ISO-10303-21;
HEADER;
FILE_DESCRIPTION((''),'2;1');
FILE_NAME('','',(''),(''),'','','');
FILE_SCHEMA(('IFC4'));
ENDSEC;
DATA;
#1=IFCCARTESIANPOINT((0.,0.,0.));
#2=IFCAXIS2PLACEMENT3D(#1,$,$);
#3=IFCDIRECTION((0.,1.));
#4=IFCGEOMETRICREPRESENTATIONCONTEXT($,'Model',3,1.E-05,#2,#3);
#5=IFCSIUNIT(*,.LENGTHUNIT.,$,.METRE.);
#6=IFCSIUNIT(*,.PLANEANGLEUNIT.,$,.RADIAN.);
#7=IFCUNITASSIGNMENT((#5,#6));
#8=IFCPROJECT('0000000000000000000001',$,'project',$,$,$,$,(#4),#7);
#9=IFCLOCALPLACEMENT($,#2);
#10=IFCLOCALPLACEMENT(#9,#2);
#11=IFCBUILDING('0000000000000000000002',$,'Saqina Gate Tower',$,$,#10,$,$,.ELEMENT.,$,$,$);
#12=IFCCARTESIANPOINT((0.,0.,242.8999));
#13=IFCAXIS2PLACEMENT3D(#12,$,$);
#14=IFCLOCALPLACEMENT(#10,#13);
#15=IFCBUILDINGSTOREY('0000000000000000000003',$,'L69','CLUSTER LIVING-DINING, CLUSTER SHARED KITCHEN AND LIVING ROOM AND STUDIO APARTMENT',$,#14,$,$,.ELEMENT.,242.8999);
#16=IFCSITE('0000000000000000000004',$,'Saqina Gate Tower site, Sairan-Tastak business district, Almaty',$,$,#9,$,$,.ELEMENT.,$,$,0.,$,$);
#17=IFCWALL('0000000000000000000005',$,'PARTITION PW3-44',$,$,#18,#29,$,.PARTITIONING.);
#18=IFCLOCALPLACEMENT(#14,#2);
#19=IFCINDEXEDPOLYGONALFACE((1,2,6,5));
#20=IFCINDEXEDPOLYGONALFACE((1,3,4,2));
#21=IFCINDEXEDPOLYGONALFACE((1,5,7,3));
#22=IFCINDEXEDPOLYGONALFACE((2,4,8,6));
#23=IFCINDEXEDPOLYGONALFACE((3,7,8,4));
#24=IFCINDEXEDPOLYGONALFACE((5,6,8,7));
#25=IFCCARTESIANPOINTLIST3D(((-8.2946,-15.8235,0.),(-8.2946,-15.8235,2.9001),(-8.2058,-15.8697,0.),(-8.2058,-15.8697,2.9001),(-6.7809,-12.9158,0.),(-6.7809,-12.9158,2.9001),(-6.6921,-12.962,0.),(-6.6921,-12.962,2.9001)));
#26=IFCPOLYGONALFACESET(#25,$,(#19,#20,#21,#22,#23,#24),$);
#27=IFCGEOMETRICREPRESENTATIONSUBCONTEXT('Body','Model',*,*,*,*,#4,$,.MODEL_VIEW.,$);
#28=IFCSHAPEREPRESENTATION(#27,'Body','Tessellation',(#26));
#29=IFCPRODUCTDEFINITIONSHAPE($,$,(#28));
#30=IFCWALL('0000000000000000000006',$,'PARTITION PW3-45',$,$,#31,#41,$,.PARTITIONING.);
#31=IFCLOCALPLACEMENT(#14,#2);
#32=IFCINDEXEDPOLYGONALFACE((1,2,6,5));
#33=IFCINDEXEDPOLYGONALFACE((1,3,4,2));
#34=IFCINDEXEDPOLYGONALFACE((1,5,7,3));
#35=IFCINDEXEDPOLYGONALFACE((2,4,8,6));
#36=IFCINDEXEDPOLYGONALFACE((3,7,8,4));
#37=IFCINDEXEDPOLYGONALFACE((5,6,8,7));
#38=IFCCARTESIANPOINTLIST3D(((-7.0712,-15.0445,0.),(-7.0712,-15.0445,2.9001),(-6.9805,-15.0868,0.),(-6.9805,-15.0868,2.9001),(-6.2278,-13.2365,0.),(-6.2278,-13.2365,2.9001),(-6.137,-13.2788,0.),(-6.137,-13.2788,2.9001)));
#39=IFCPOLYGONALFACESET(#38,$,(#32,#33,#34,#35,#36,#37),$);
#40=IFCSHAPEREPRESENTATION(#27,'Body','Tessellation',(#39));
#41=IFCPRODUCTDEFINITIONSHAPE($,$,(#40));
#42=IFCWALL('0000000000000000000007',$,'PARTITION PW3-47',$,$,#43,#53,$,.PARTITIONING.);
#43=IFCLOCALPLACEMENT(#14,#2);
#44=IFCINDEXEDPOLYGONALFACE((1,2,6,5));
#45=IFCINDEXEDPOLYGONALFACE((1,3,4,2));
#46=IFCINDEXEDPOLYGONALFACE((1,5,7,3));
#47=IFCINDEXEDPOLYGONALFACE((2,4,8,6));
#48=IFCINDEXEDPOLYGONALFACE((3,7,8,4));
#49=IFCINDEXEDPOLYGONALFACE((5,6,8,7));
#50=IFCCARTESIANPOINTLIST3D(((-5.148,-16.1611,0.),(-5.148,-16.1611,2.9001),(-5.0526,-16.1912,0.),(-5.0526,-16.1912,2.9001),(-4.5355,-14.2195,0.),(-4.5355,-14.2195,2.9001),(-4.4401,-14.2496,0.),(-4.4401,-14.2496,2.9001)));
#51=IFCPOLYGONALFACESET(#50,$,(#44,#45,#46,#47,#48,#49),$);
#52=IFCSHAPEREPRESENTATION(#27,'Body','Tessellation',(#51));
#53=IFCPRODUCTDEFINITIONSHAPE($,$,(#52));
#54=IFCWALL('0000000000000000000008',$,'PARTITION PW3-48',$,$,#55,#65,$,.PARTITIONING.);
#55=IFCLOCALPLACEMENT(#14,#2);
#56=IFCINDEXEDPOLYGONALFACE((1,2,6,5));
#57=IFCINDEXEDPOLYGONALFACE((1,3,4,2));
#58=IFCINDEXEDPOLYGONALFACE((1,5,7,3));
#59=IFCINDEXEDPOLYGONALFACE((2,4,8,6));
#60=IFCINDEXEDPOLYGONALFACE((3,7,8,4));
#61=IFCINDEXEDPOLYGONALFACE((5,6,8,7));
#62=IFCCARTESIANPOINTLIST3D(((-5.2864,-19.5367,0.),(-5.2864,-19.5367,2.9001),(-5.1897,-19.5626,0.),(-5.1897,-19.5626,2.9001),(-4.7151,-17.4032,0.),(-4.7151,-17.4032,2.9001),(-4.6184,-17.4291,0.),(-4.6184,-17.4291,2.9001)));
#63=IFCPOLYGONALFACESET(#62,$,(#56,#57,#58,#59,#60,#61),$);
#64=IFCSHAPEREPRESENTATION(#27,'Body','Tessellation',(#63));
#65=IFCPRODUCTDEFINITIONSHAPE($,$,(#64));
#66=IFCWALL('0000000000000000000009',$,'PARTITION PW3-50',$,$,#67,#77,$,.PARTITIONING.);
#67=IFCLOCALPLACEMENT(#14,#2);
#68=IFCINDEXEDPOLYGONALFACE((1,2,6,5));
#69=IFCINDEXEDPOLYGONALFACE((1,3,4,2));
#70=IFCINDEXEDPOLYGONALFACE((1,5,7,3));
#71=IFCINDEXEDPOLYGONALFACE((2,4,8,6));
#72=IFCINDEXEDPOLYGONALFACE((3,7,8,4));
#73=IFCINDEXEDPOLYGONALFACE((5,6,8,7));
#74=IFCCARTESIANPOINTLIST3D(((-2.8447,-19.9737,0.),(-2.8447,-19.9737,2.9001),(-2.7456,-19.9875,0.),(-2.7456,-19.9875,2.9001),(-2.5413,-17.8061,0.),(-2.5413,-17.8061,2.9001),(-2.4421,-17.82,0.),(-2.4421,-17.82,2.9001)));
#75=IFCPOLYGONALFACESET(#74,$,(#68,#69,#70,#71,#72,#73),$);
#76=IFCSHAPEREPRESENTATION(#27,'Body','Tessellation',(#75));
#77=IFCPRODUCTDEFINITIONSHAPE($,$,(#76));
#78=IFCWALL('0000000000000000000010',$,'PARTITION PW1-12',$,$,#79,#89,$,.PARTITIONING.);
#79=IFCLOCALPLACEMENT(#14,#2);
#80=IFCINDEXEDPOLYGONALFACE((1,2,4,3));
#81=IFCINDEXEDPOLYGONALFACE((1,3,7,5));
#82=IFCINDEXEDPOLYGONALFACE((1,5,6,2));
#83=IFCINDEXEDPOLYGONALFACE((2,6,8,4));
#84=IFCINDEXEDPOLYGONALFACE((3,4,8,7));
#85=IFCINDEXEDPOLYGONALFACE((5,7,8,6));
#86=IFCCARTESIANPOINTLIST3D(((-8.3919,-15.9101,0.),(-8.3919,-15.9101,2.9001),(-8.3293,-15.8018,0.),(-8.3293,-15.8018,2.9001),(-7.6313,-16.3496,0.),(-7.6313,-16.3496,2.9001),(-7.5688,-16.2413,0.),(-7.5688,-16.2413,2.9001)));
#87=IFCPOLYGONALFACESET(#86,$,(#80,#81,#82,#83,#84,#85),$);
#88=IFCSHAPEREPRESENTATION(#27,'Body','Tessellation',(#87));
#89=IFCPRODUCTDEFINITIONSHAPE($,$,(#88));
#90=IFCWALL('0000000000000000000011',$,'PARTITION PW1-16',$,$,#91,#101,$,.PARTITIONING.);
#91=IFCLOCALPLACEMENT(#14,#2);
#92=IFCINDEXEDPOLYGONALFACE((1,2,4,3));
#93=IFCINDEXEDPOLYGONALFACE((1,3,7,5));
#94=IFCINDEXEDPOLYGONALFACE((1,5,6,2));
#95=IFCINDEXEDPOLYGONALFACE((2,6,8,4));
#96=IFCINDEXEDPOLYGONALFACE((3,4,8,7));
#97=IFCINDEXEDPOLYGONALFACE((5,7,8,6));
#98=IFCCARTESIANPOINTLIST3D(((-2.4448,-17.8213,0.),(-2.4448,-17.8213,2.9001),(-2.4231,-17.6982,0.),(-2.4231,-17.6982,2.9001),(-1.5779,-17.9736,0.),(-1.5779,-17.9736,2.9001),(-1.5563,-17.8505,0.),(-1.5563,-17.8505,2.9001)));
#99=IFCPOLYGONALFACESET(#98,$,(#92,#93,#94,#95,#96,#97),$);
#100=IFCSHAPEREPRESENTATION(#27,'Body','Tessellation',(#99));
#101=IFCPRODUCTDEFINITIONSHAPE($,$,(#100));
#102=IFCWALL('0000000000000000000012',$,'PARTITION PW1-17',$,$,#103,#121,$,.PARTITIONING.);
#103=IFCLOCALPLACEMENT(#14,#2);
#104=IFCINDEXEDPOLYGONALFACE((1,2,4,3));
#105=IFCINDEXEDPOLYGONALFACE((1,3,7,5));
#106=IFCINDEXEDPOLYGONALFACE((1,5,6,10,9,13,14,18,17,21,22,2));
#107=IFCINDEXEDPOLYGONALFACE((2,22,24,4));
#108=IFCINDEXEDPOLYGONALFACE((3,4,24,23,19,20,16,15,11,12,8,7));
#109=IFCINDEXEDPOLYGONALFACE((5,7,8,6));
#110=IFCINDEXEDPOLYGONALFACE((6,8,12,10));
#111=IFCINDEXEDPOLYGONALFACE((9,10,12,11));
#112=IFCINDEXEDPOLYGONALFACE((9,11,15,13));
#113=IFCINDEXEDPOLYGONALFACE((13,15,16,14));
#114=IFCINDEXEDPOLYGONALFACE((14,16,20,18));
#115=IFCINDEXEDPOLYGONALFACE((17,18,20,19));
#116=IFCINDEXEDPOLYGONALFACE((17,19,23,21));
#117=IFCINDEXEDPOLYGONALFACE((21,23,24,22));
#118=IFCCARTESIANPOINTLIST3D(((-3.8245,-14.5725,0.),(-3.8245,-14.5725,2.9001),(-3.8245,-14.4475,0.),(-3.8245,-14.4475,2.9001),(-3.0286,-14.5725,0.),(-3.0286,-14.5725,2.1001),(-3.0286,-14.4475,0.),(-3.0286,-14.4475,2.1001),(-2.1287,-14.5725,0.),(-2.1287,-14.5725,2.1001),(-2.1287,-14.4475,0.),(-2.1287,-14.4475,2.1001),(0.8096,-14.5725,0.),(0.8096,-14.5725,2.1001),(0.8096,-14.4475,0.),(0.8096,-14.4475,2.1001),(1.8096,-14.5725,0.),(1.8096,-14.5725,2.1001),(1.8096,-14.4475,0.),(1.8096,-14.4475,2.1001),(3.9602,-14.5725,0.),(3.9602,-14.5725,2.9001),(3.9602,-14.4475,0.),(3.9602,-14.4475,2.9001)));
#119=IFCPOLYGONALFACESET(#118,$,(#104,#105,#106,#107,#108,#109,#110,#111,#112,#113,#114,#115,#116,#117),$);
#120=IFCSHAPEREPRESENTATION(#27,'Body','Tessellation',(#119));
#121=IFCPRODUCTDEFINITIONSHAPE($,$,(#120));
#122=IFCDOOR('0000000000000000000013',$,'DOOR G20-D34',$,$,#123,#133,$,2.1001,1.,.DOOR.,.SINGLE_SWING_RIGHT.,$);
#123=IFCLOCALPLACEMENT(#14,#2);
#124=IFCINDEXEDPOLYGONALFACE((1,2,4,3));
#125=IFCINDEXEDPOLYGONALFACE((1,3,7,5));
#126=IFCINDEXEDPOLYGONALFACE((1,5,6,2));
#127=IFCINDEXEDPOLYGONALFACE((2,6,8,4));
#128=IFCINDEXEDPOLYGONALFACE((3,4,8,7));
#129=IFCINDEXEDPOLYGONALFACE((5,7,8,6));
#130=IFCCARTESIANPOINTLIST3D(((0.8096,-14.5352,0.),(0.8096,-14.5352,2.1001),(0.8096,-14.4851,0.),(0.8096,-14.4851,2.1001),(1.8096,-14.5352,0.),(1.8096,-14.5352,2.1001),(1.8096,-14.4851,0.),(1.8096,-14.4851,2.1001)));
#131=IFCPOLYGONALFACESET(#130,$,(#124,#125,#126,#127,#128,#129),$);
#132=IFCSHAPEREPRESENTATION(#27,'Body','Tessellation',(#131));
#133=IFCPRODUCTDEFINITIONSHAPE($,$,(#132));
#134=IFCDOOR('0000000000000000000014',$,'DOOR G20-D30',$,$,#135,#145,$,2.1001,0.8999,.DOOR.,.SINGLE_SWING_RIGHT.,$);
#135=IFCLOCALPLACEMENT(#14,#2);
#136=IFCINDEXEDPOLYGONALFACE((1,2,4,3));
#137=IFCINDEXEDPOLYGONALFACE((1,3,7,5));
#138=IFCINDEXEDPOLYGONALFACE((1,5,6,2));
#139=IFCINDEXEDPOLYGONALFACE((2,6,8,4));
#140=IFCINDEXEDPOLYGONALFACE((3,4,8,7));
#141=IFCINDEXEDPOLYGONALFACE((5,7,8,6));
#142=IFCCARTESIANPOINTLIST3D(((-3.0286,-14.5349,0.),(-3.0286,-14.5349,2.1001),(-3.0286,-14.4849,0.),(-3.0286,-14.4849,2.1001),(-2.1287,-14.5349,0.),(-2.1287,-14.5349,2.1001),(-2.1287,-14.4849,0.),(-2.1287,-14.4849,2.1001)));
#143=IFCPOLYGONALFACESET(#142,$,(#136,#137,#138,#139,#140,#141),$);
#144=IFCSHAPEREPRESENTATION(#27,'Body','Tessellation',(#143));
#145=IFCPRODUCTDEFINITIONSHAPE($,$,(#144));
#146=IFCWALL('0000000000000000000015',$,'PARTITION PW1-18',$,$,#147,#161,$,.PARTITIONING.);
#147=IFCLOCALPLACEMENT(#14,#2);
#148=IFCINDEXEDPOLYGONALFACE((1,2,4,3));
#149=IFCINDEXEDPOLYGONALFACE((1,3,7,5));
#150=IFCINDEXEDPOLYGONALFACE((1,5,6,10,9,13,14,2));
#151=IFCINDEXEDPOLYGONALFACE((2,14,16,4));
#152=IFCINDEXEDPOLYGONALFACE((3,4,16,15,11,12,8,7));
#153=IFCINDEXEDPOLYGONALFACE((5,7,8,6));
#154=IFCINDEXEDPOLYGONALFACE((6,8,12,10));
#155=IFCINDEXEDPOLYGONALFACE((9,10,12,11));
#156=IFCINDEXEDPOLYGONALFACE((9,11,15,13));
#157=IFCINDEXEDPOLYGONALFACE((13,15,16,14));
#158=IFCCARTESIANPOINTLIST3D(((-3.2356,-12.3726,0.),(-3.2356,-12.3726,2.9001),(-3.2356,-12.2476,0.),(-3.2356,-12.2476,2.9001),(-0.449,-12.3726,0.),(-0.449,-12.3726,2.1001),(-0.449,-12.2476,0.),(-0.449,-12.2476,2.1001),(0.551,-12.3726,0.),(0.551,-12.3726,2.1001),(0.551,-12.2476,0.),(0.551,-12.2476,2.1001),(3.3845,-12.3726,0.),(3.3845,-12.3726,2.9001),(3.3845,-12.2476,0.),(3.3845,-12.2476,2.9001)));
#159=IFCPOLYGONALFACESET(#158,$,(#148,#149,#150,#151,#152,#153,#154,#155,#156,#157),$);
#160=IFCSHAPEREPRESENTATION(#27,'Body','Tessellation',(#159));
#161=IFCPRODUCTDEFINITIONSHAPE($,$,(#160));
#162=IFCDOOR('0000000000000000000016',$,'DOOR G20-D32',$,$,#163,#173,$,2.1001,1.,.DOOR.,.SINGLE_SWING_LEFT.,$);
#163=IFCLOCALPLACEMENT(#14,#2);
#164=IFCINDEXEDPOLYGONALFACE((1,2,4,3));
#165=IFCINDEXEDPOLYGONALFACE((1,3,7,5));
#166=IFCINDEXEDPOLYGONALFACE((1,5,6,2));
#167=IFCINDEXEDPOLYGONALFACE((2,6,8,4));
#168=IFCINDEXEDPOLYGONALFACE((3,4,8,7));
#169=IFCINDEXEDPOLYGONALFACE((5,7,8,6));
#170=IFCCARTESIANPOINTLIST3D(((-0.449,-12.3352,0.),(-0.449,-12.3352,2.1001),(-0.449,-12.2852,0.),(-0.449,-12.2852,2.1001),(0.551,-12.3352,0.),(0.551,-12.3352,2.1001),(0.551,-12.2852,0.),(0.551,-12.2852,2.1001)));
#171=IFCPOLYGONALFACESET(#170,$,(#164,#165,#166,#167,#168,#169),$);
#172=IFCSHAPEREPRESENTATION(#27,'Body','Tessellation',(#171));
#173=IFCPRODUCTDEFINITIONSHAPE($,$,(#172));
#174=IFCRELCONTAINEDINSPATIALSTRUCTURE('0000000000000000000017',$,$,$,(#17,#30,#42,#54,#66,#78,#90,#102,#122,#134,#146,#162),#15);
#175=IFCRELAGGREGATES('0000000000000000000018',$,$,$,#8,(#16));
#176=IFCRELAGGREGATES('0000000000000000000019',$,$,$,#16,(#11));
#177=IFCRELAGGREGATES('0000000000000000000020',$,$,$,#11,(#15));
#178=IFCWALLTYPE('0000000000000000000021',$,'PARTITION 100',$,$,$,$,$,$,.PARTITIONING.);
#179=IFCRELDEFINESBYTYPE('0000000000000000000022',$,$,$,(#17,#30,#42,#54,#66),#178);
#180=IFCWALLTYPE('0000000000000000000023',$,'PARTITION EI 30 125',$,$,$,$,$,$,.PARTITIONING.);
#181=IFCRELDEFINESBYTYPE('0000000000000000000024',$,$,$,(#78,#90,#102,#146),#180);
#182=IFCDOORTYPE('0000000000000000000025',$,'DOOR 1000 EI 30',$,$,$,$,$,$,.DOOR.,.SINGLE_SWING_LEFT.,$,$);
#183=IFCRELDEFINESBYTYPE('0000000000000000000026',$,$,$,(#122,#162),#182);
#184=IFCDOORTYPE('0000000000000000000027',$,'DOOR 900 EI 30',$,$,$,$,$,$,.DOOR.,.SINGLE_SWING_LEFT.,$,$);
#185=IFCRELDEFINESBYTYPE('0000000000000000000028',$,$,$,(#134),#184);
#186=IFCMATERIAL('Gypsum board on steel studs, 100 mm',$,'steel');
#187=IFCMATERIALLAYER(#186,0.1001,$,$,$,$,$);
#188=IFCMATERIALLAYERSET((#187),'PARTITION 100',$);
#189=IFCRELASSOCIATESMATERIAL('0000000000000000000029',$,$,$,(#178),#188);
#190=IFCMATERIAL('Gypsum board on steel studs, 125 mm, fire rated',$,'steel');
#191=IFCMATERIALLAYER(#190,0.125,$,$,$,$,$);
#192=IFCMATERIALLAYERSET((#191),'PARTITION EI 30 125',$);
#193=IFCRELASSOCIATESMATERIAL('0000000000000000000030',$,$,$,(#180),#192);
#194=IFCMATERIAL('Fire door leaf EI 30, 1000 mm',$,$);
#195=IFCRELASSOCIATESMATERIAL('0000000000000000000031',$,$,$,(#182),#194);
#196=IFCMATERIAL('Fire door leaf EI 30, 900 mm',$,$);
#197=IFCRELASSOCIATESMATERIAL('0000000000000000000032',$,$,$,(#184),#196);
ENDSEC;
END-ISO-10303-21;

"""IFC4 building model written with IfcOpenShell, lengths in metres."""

from ifc_helpers import new_model, si_unit, direction, frame, frame_2d, origin, place, context, subcontext, project, spatial, rectangle, extrude, material, layer, layer_set, type_object, element, fill, save


model = new_model("IFC4")

# Units and contexts
model_context = context("Model", 3, precision=1e-05, world=origin(), true_north=direction((0.0, 1.0)))
body_context = subcontext(model_context, "Body", "Model", "MODEL_VIEW")
ifc_project = project(units=[si_unit("LENGTHUNIT", "METRE"), si_unit("PLANEANGLEUNIT", "RADIAN")], contexts=[model_context])

# Site, building, storey
site_placement = place(None, origin())
site = spatial("IfcSite", under=ifc_project, at=site_placement, Name="Saqina Gate Tower site, Sairan-Tastak business district, Almaty", CompositionType="ELEMENT", RefElevation=0.0)
building_placement = place(site_placement, origin())
building = spatial("IfcBuilding", under=site, at=building_placement, Name="Saqina Gate Tower", CompositionType="ELEMENT")
storey_placement = place(building_placement, frame((0.0, 0.0, 242.8999)))
storey = spatial("IfcBuildingStorey", under=building, at=storey_placement, Name="L69", Description="CLUSTER LIVING-DINING, CLUSTER SHARED KITCHEN AND LIVING ROOM AND STUDIO APARTMENT", CompositionType="ELEMENT", Elevation=242.8999)

# Shared definitions
ifc_material_1 = material(Name="Gypsum board on steel studs, 100 mm", Category="steel")
ifc_layer_1 = layer(ifc_material_1, 0.1001)
ifc_layer_set_1 = layer_set([ifc_layer_1], Name="PARTITION 100")
wall_type_1 = type_object("IfcWallType", Name="PARTITION 100", PredefinedType="PARTITIONING", material=ifc_layer_set_1)

# Walls
wall_1_placement = place(storey_placement, frame((-8.2502, -15.8467, 0.0), z_axis=(0.0, 0.0, 1.0), x_axis=(0.461751, 0.887009, 0.0)))
element("IfcWall", 1, at=wall_1_placement, inside=storey, type_object=wall_type_1, Name="PARTITION PW3-44", PredefinedType="PARTITIONING", context=body_context, shape_type="SweptSolid", body=[
    extrude(rectangle(XDim=3.2781, YDim=0.1001, at=frame_2d((1.6392, 0.0))), origin(), (0.0, 0.0, 1.0), 2.9001),
])
wall_2_placement = place(storey_placement, frame((-7.0259, -15.0657, 0.0), z_axis=(0.0, 0.0, 1.0), x_axis=(0.422772, 0.906236, 0.0)))
element("IfcWall", 2, at=wall_2_placement, inside=storey, type_object=wall_type_1, Name="PARTITION PW3-45", PredefinedType="PARTITIONING", context=body_context, shape_type="SweptSolid", body=[
    extrude(rectangle(XDim=1.9951, YDim=0.1001, at=frame_2d((0.9976, 0.0))), origin(), (0.0, 0.0, 1.0), 2.9001),
])
wall_3_placement = place(storey_placement, frame((-5.1003, -16.1763, 0.0), z_axis=(0.0, 0.0, 1.0), x_axis=(0.300862, 0.953668, 0.0)))
element("IfcWall", 3, at=wall_3_placement, inside=storey, type_object=wall_type_1, Name="PARTITION PW3-47", PredefinedType="PARTITIONING", context=body_context, shape_type="SweptSolid", body=[
    extrude(rectangle(XDim=2.0359, YDim=0.1001, at=frame_2d((1.0181, 0.0))), origin(), (0.0, 0.0, 1.0), 2.9001),
])
wall_4_placement = place(storey_placement, frame((-5.238, -19.5498, 0.0), z_axis=(0.0, 0.0, 1.0), x_axis=(0.258653, 0.96597, 0.0)))
element("IfcWall", 4, at=wall_4_placement, inside=storey, type_object=wall_type_1, Name="PARTITION PW3-48", PredefinedType="PARTITIONING", context=body_context, shape_type="SweptSolid", body=[
    extrude(rectangle(XDim=2.2087, YDim=0.1001, at=frame_2d((1.1045, 0.0))), origin(), (0.0, 0.0, 1.0), 2.9001),
])
wall_5_placement = place(storey_placement, frame((-2.7952, -19.9805, 0.0), z_axis=(0.0, 0.0, 1.0), x_axis=(0.138657, 0.990341, 0.0)))
element("IfcWall", 5, at=wall_5_placement, inside=storey, type_object=wall_type_1, Name="PARTITION PW3-50", PredefinedType="PARTITIONING", context=body_context, shape_type="SweptSolid", body=[
    extrude(rectangle(XDim=2.1887, YDim=0.1001, at=frame_2d((1.0942, 0.0))), origin(), (0.0, 0.0, 1.0), 2.9001),
])
ifc_material_2 = material(Name="Gypsum board on steel studs, 125 mm, fire rated", Category="steel")
ifc_layer_2 = layer(ifc_material_2, 0.125)
ifc_layer_set_2 = layer_set([ifc_layer_2], Name="PARTITION EI 30 125")
wall_type_2 = type_object("IfcWallType", Name="PARTITION EI 30 125", PredefinedType="PARTITIONING", material=ifc_layer_set_2)
wall_6_placement = place(storey_placement, frame((-8.3606, -15.856, 0.0), z_axis=(0.0, 0.0, 1.0), x_axis=(0.865838, -0.500324, 0.0)))
element("IfcWall", 6, at=wall_6_placement, inside=storey, type_object=wall_type_2, Name="PARTITION PW1-12", PredefinedType="PARTITIONING", context=body_context, shape_type="SweptSolid", body=[
    extrude(rectangle(XDim=0.8784, YDim=0.125, at=frame_2d((0.4392, 0.0))), origin(), (0.0, 0.0, 1.0), 2.9001),
])
wall_7_placement = place(storey_placement, frame((-2.4338, -17.7598, 0.0), z_axis=(0.0, 0.0, 1.0), x_axis=(0.984909, -0.173073, 0.0)))
element("IfcWall", 7, at=wall_7_placement, inside=storey, type_object=wall_type_2, Name="PARTITION PW1-16", PredefinedType="PARTITIONING", context=body_context, shape_type="SweptSolid", body=[
    extrude(rectangle(XDim=0.8801, YDim=0.125, at=frame_2d((0.4399, 0.0))), origin(), (0.0, 0.0, 1.0), 2.9001),
])

# Wall, openings, doors
wall_8_placement = place(storey_placement, frame((-3.8245, -14.51, 0.0), z_axis=(0.0, 0.0, 1.0), x_axis=(1.0, 0.0, 0.0)))
wall_8 = element("IfcWall", 8, at=wall_8_placement, inside=storey, type_object=wall_type_2, Name="PARTITION PW1-17", PredefinedType="PARTITIONING", context=body_context, shape_type="SweptSolid", body=[
    extrude(rectangle(XDim=7.7847, YDim=0.125, at=frame_2d((3.8923, 0.0))), origin(), (0.0, 0.0, 1.0), 2.9001),
])
opening_1_placement = place(wall_8_placement, frame((0.7959, 0.0, 0.0)))
opening_1 = element("IfcOpeningElement", 9, at=opening_1_placement, cuts=wall_8, PredefinedType="OPENING", context=body_context, shape_type="SweptSolid", body=[
    extrude(rectangle(XDim=0.8999, YDim=2.1001, at=frame_2d((0.45, 1.05))), frame((0.0, 0.0745, 0.0), z_axis=(0.0, -1.0, 0.0), x_axis=(1.0, 0.0, 0.0)), (0.0, 0.0, 1.0), 0.1489),
])
opening_2_placement = place(wall_8_placement, frame((4.634, 0.0, 0.0)))
opening_2 = element("IfcOpeningElement", 10, at=opening_2_placement, cuts=wall_8, PredefinedType="OPENING", context=body_context, shape_type="SweptSolid", body=[
    extrude(rectangle(XDim=1.0, YDim=2.1001, at=frame_2d((0.5, 1.05))), frame((0.0, 0.0745, 0.0), z_axis=(0.0, -1.0, 0.0), x_axis=(1.0, 0.0, 0.0)), (0.0, 0.0, 1.0), 0.1489),
])
ifc_material_3 = material(Name="Fire door leaf EI 30, 1000 mm")
door_type_1 = type_object("IfcDoorType", Name="DOOR 1000 EI 30", OperationType="SINGLE_SWING_LEFT", PredefinedType="DOOR", material=ifc_material_3)
door_1_placement = place(opening_2_placement, origin())
door_1 = element("IfcDoor", 11, at=door_1_placement, inside=storey, type_object=door_type_1, Name="DOOR G20-D34", OperationType="SINGLE_SWING_RIGHT", OverallHeight=2.1001, OverallWidth=1.0, PredefinedType="DOOR", context=body_context, shape_type="SweptSolid", body=[
    extrude(rectangle(XDim=1.0, YDim=2.1001, at=frame_2d((0.5, 1.05))), frame((0.0, 0.0249, 0.0), z_axis=(0.0, -1.0, 0.0), x_axis=(1.0, 0.0, 0.0)), (0.0, 0.0, 1.0), 0.05),
])
fill(opening_2, door_1)
ifc_material_4 = material(Name="Fire door leaf EI 30, 900 mm")
door_type_2 = type_object("IfcDoorType", Name="DOOR 900 EI 30", OperationType="SINGLE_SWING_LEFT", PredefinedType="DOOR", material=ifc_material_4)
door_2_placement = place(opening_1_placement, frame((0.8999, 0.0, 0.0), z_axis=(0.0, 0.0, 1.0), x_axis=(-1.0, 0.0, 0.0)))
door_2 = element("IfcDoor", 12, at=door_2_placement, inside=storey, type_object=door_type_2, Name="DOOR G20-D30", OperationType="SINGLE_SWING_RIGHT", OverallHeight=2.1001, OverallWidth=0.8999, PredefinedType="DOOR", context=body_context, shape_type="SweptSolid", body=[
    extrude(rectangle(XDim=0.8999, YDim=2.1001, at=frame_2d((0.45, 1.05))), frame((0.0, 0.0249, 0.0), z_axis=(0.0, -1.0, 0.0), x_axis=(1.0, 0.0, 0.0)), (0.0, 0.0, 1.0), 0.05),
])
fill(opening_1, door_2)

# Wall, opening, door
wall_9_placement = place(storey_placement, frame((-3.2356, -12.3101, 0.0), z_axis=(0.0, 0.0, 1.0), x_axis=(1.0, 0.0, 0.0)))
wall_9 = element("IfcWall", 13, at=wall_9_placement, inside=storey, type_object=wall_type_2, Name="PARTITION PW1-18", PredefinedType="PARTITIONING", context=body_context, shape_type="SweptSolid", body=[
    extrude(rectangle(XDim=6.6201, YDim=0.125, at=frame_2d((3.3101, 0.0))), origin(), (0.0, 0.0, 1.0), 2.9001),
])
opening_3_placement = place(wall_9_placement, frame((2.7866, 0.0, 0.0)))
opening_3 = element("IfcOpeningElement", 14, at=opening_3_placement, cuts=wall_9, PredefinedType="OPENING", context=body_context, shape_type="SweptSolid", body=[
    extrude(rectangle(XDim=1.0, YDim=2.1001, at=frame_2d((0.5, 1.05))), frame((0.0, 0.0745, 0.0), z_axis=(0.0, -1.0, 0.0), x_axis=(1.0, 0.0, 0.0)), (0.0, 0.0, 1.0), 0.1489),
])
door_3_placement = place(opening_3_placement, origin())
door_3 = element("IfcDoor", 15, at=door_3_placement, inside=storey, type_object=door_type_1, Name="DOOR G20-D32", OperationType="SINGLE_SWING_LEFT", OverallHeight=2.1001, OverallWidth=1.0, PredefinedType="DOOR", context=body_context, shape_type="SweptSolid", body=[
    extrude(rectangle(XDim=1.0, YDim=2.1001, at=frame_2d((0.5, 1.05))), frame((0.0, 0.0249, 0.0), z_axis=(0.0, -1.0, 0.0), x_axis=(1.0, 0.0, 0.0)), (0.0, 0.0, 1.0), 0.05),
])
fill(opening_3, door_3)

save(model, "model.ifc")
